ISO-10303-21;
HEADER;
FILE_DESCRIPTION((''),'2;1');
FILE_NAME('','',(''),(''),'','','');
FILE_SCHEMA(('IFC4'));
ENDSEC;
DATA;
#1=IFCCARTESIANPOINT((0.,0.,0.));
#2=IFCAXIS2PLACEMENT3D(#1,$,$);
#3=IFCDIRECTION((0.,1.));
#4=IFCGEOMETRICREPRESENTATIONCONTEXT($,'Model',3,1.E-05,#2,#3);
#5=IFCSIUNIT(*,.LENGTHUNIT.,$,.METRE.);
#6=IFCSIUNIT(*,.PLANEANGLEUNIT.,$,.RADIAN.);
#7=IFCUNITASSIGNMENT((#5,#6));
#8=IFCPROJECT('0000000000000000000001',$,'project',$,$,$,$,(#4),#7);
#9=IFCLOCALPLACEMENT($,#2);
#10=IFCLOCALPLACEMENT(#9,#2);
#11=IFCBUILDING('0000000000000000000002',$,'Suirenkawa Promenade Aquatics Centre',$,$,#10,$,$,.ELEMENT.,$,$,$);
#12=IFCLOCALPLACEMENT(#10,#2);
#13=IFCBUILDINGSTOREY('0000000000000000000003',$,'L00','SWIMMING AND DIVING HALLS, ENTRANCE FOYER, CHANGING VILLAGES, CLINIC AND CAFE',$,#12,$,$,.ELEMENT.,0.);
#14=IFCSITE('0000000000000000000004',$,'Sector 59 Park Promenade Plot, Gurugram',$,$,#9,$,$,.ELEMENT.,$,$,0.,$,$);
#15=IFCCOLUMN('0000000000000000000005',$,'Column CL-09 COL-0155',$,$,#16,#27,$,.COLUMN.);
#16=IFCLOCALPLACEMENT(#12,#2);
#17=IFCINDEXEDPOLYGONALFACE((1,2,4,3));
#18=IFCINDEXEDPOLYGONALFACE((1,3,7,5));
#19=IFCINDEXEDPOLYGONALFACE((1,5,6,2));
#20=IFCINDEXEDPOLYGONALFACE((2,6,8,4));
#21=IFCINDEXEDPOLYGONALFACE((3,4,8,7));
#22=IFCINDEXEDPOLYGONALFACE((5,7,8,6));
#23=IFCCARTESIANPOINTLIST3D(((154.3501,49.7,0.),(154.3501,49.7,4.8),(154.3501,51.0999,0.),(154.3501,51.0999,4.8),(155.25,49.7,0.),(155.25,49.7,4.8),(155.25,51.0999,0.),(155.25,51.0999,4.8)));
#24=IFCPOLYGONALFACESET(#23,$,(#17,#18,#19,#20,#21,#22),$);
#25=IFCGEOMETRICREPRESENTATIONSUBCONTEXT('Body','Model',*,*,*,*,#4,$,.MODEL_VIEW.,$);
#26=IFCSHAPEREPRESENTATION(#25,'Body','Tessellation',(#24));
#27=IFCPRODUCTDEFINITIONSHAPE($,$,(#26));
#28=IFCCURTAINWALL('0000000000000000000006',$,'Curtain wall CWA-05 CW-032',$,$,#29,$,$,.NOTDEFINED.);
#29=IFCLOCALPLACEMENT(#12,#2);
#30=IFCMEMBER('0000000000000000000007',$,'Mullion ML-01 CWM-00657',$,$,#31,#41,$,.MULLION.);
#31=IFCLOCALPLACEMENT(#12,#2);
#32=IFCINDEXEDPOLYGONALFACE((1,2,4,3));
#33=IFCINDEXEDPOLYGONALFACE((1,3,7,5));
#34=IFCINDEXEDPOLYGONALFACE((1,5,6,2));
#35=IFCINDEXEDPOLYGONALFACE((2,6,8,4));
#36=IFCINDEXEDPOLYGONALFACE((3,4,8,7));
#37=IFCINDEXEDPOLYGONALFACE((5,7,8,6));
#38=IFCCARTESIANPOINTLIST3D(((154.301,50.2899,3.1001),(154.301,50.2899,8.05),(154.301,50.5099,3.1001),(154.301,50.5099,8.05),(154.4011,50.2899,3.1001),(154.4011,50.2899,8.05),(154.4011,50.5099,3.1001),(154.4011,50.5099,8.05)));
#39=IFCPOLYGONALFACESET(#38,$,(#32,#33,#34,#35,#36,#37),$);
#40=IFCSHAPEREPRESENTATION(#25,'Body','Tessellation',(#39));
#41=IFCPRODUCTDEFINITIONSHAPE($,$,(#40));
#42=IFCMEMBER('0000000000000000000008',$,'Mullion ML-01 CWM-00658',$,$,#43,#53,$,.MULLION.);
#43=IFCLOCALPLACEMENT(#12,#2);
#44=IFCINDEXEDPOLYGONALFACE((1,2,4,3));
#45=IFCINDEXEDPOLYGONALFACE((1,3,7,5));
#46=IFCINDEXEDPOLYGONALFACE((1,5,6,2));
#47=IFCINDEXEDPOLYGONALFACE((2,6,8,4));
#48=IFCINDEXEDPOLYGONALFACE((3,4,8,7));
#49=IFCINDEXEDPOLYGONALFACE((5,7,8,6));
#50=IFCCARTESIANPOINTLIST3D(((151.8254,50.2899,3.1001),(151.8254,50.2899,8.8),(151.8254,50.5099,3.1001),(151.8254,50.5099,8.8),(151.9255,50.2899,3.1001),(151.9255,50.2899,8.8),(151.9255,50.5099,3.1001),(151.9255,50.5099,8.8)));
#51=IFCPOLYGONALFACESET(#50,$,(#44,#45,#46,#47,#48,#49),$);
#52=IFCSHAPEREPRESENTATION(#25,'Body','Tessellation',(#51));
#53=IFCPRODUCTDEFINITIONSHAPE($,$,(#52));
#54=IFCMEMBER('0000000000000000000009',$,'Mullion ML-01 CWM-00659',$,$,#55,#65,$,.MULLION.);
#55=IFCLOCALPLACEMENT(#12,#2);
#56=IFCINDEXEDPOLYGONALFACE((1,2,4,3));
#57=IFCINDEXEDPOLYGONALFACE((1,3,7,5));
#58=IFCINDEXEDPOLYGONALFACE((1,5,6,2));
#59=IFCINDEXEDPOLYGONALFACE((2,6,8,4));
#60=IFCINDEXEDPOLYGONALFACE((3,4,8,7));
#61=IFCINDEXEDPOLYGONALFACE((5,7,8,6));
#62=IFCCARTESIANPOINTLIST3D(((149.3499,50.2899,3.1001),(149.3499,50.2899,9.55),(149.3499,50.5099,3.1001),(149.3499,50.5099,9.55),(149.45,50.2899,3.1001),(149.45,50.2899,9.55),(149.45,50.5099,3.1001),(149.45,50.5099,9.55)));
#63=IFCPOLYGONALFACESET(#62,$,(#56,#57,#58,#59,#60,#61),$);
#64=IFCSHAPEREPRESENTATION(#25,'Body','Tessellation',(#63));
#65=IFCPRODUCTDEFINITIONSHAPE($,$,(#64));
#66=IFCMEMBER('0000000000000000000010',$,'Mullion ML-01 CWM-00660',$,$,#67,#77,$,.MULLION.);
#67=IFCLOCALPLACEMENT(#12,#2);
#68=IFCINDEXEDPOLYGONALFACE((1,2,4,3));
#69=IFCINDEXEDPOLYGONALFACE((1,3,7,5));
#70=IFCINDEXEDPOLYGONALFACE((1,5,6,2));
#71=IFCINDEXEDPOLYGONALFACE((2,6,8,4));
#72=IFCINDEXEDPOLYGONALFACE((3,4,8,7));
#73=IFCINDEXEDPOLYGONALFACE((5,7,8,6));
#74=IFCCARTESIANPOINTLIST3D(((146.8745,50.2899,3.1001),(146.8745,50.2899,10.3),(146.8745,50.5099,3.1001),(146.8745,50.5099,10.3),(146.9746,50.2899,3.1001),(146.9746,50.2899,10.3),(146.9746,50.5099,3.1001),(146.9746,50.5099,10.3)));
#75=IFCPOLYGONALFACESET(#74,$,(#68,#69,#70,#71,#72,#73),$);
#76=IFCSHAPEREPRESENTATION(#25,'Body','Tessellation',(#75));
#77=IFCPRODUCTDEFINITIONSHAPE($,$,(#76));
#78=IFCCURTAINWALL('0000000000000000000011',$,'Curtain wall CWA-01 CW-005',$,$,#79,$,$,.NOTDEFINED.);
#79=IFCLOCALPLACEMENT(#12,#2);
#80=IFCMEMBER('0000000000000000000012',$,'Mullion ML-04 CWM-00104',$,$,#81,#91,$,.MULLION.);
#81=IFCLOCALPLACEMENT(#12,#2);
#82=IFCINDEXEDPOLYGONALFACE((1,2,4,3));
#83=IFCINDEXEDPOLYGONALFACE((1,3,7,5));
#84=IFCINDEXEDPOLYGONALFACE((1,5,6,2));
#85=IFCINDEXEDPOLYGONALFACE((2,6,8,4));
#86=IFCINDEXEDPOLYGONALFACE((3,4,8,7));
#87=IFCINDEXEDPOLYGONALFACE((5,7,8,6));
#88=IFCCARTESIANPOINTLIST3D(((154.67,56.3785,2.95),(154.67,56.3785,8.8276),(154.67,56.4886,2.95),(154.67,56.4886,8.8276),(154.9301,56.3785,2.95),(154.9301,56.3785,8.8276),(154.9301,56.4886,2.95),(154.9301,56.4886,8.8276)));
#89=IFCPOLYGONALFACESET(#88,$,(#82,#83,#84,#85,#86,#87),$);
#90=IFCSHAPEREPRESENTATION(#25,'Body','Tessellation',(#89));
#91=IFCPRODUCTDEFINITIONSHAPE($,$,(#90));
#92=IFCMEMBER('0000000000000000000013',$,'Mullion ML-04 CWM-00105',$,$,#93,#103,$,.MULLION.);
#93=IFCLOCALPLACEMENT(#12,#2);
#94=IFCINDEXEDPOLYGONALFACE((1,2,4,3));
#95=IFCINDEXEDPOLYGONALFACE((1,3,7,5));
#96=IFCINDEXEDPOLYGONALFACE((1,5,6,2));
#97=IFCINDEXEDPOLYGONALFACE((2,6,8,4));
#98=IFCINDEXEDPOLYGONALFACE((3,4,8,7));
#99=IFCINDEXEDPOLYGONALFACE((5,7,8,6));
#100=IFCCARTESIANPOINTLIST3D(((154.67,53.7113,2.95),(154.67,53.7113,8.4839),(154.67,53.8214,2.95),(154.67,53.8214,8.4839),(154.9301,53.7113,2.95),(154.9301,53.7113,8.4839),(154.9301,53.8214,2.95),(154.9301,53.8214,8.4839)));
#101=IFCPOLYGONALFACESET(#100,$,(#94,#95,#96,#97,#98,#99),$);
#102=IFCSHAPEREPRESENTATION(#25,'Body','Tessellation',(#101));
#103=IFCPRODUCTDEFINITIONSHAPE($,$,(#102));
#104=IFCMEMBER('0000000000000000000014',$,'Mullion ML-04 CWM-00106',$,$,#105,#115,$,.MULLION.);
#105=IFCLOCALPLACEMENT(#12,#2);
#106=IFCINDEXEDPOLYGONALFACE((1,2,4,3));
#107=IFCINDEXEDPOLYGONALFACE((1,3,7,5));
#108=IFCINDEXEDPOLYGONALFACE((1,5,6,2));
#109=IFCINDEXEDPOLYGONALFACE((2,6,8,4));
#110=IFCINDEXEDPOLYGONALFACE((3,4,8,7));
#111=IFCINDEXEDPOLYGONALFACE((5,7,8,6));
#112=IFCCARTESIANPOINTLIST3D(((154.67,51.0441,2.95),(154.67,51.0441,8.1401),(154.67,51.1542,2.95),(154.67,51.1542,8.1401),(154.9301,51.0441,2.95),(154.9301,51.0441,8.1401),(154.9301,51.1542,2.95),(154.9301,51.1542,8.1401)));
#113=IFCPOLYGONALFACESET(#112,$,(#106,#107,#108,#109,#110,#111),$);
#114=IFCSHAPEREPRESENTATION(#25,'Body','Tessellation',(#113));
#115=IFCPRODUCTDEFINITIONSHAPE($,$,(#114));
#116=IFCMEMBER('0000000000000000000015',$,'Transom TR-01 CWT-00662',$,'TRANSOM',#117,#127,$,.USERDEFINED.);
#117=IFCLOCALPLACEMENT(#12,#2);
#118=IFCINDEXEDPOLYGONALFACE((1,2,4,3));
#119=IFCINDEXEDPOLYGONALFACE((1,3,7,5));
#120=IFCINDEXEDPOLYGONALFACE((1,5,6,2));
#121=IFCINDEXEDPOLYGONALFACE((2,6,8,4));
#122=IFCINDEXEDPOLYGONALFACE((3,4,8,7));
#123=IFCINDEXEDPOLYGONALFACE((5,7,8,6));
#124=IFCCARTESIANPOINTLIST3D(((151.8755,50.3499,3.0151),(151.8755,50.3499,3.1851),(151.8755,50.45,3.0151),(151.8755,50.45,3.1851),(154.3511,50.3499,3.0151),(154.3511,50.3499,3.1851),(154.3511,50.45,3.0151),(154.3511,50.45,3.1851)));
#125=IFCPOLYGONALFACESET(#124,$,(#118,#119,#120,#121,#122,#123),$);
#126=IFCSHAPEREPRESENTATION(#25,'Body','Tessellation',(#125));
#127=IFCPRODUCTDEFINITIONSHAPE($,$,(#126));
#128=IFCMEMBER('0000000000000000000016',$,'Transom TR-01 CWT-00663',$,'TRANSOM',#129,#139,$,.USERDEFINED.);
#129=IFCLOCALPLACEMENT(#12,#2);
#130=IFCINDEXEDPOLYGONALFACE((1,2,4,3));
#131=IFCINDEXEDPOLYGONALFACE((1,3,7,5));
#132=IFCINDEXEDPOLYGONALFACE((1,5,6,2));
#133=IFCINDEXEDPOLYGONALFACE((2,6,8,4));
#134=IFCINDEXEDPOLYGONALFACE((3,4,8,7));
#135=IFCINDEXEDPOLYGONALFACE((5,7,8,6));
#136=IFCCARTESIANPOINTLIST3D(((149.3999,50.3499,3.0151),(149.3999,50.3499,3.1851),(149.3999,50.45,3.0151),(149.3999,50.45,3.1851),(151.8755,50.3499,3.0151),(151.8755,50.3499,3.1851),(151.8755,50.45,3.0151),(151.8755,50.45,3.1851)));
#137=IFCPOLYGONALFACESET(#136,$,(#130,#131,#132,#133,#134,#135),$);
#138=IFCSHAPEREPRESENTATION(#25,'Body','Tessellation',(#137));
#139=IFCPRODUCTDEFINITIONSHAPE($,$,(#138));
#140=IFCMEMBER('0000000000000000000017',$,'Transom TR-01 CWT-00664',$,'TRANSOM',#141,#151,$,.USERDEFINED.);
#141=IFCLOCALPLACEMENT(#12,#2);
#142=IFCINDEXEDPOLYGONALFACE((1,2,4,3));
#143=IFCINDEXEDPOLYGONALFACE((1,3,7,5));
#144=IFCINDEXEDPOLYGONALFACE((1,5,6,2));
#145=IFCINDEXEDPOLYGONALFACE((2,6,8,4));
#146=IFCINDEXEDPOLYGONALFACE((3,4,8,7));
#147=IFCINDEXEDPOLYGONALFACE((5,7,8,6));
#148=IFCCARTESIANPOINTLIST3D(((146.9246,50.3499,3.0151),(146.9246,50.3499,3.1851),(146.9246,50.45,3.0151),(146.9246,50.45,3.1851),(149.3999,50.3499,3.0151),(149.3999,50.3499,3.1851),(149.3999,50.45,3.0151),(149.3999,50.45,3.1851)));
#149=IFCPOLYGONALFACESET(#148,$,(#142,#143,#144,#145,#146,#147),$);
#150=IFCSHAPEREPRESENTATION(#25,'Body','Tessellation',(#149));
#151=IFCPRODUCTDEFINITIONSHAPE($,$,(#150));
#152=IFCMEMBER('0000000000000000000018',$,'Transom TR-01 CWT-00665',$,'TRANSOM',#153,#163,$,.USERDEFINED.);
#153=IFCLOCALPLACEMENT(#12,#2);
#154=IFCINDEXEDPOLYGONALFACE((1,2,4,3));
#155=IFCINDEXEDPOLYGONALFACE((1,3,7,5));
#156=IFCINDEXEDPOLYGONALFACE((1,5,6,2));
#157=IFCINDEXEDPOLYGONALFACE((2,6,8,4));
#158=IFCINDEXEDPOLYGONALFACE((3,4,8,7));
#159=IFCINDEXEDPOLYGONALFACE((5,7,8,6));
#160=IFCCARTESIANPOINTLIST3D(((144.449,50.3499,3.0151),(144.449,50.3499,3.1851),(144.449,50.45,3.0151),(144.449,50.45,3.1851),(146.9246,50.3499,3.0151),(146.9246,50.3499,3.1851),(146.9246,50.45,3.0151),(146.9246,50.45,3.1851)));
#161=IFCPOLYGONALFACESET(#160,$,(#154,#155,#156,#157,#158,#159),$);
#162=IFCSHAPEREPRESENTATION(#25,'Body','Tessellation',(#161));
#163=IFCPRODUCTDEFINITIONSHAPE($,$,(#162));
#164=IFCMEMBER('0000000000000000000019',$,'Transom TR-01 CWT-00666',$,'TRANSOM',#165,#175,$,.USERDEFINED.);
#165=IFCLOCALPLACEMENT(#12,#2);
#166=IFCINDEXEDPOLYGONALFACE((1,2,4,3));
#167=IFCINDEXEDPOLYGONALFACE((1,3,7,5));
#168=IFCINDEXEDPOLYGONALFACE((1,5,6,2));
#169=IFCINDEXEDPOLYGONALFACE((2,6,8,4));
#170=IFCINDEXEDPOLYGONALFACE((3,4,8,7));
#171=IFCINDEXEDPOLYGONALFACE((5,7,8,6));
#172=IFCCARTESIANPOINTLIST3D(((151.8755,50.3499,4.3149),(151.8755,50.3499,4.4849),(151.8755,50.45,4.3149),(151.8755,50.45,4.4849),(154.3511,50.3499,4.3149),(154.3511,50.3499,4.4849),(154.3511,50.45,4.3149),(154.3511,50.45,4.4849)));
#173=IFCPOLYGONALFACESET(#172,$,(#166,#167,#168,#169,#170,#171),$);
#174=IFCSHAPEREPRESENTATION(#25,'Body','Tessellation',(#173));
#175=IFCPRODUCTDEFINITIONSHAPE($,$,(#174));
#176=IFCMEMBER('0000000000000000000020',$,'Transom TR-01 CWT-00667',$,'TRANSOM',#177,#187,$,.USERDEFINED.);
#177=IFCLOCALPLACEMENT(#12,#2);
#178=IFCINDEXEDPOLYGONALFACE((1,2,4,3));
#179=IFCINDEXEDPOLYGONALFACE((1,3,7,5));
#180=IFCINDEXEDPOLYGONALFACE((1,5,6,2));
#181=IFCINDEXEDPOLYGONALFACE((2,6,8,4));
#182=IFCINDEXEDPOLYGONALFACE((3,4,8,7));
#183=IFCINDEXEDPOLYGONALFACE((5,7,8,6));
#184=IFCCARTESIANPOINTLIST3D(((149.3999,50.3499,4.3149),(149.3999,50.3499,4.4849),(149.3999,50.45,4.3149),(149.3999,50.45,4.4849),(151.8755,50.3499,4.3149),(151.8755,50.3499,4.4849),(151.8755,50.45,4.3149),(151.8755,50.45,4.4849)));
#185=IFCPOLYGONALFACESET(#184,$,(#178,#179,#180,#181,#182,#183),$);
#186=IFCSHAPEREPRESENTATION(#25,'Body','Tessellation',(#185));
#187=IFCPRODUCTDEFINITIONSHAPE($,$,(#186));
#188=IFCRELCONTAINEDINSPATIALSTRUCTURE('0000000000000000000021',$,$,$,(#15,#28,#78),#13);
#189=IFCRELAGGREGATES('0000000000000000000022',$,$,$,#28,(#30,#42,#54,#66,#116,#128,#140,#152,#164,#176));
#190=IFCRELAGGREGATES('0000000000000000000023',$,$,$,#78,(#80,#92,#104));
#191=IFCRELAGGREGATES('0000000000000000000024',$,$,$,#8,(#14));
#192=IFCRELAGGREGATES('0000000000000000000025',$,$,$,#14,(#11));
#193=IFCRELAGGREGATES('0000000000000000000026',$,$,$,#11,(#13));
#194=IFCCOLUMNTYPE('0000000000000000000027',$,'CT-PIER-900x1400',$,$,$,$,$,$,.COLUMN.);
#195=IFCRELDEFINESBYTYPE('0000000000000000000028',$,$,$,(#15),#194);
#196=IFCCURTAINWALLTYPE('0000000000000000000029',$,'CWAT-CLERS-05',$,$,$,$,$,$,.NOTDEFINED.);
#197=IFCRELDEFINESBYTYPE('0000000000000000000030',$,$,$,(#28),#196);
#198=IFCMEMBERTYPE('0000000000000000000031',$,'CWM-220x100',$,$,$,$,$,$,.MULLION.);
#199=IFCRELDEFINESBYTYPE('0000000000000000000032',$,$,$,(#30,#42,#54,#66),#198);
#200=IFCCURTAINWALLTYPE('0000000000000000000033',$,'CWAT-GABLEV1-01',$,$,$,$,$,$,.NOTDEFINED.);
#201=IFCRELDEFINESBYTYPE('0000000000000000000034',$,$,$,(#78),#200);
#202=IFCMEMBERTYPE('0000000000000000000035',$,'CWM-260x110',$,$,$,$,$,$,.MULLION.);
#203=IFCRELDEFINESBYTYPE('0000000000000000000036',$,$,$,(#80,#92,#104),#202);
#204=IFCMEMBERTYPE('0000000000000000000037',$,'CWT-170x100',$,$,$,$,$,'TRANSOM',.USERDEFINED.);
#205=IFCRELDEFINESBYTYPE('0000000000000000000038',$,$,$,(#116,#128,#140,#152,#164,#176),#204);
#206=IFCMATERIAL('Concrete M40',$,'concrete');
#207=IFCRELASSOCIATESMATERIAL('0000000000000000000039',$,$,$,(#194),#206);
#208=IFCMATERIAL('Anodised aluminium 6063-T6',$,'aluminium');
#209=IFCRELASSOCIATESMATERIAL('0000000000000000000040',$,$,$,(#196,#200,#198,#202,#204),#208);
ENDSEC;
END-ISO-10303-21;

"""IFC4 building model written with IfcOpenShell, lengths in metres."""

from ifc_helpers import new_model, si_unit, direction, frame, origin, origin_2d, place, context, subcontext, project, spatial, rectangle, extrude, material, material_profile, profile_set, type_object, element, aggregate, save


model = new_model("IFC4")

# Units and contexts
model_context = context("Model", 3, precision=1e-05, world=origin(), true_north=direction((0.0, 1.0)))
body_context = subcontext(model_context, "Body", "Model", "MODEL_VIEW")
ifc_project = project(units=[si_unit("LENGTHUNIT", "METRE"), si_unit("PLANEANGLEUNIT", "RADIAN")], contexts=[model_context])

# Site, building, storey
site_placement = place(None, origin())
site = spatial("IfcSite", under=ifc_project, at=site_placement, Name="Sector 59 Park Promenade Plot, Gurugram", CompositionType="ELEMENT", RefElevation=0.0)
building_placement = place(site_placement, origin())
building = spatial("IfcBuilding", under=site, at=building_placement, Name="Suirenkawa Promenade Aquatics Centre", CompositionType="ELEMENT")
storey_placement = place(building_placement, origin())
storey = spatial("IfcBuildingStorey", under=building, at=storey_placement, Name="L00", Description="SWIMMING AND DIVING HALLS, ENTRANCE FOYER, CHANGING VILLAGES, CLINIC AND CAFE", CompositionType="ELEMENT", Elevation=0.0)

# Column
ifc_material_1 = material(Name="Concrete M40", Category="concrete")
ifc_material_profile_1 = material_profile(ifc_material_1, rectangle(XDim=0.8999, YDim=1.3999, at=origin_2d()), Name="RC PIER 900x1400", Category="concrete")
ifc_profile_set_1 = profile_set([ifc_material_profile_1], Name="Concrete M40")
column_type = type_object("IfcColumnType", Name="CT-PIER-900x1400", PredefinedType="COLUMN", material=ifc_profile_set_1)
column_placement = place(storey_placement, frame((154.8, 50.3999, 0.0), z_axis=(0.0, 0.0, 1.0), x_axis=(1.0, 0.0, 0.0)))
element("IfcColumn", 1, at=column_placement, inside=storey, type_object=column_type, Name="Column CL-09 COL-0155", PredefinedType="COLUMN", context=body_context, shape_type="SweptSolid", body=[
    extrude(rectangle(XDim=0.8999, YDim=1.3999, at=origin_2d()), origin(), (0.0, 0.0, 1.0), 4.8),
])

# Curtain walls, members
ifc_material_2 = material(Name="Anodised aluminium 6063-T6", Category="aluminium")
curtain_wall_type_1 = type_object("IfcCurtainWallType", Name="CWAT-CLERS-05", PredefinedType="NOTDEFINED", material=ifc_material_2)
curtain_wall_1_placement = place(storey_placement, origin())
curtain_wall_1 = element("IfcCurtainWall", 2, at=curtain_wall_1_placement, inside=storey, type_object=curtain_wall_type_1, Name="Curtain wall CWA-05 CW-032", PredefinedType="NOTDEFINED")
ifc_material_profile_2 = material_profile(ifc_material_2, rectangle(XDim=0.1001, YDim=0.22, at=origin_2d()), Name="ALU MULL 100x220", Category="aluminium")
ifc_profile_set_2 = profile_set([ifc_material_profile_2], Name="Anodised aluminium 6063-T6")
member_type_1 = type_object("IfcMemberType", Name="CWM-220x100", PredefinedType="MULLION", material=ifc_profile_set_2)
member_1_placement = place(storey_placement, frame((154.3511, 50.3999, 3.1001), z_axis=(0.0, 0.0, 1.0), x_axis=(-1.0, 0.0, 0.0)))
member_1 = element("IfcMember", 3, at=member_1_placement, type_object=member_type_1, Name="Mullion ML-01 CWM-00657", PredefinedType="MULLION", context=body_context, shape_type="SweptSolid", body=[
    extrude(rectangle(XDim=0.1001, YDim=0.22, at=origin_2d()), origin(), (0.0, 0.0, 1.0), 4.95),
])
member_2_placement = place(storey_placement, frame((151.8755, 50.3999, 3.1001), z_axis=(0.0, 0.0, 1.0), x_axis=(-1.0, 0.0, 0.0)))
member_2 = element("IfcMember", 4, at=member_2_placement, type_object=member_type_1, Name="Mullion ML-01 CWM-00658", PredefinedType="MULLION", context=body_context, shape_type="SweptSolid", body=[
    extrude(rectangle(XDim=0.1001, YDim=0.22, at=origin_2d()), origin(), (0.0, 0.0, 1.0), 5.7),
])
member_3_placement = place(storey_placement, frame((149.3999, 50.3999, 3.1001), z_axis=(0.0, 0.0, 1.0), x_axis=(-1.0, 0.0, 0.0)))
member_3 = element("IfcMember", 5, at=member_3_placement, type_object=member_type_1, Name="Mullion ML-01 CWM-00659", PredefinedType="MULLION", context=body_context, shape_type="SweptSolid", body=[
    extrude(rectangle(XDim=0.1001, YDim=0.22, at=origin_2d()), origin(), (0.0, 0.0, 1.0), 6.45),
])
member_4_placement = place(storey_placement, frame((146.9246, 50.3999, 3.1001), z_axis=(0.0, 0.0, 1.0), x_axis=(-1.0, 0.0, 0.0)))
member_4 = element("IfcMember", 6, at=member_4_placement, type_object=member_type_1, Name="Mullion ML-01 CWM-00660", PredefinedType="MULLION", context=body_context, shape_type="SweptSolid", body=[
    extrude(rectangle(XDim=0.1001, YDim=0.22, at=origin_2d()), origin(), (0.0, 0.0, 1.0), 7.2),
])
curtain_wall_type_2 = type_object("IfcCurtainWallType", Name="CWAT-GABLEV1-01", PredefinedType="NOTDEFINED", material=ifc_material_2)
curtain_wall_2_placement = place(storey_placement, origin())
curtain_wall_2 = element("IfcCurtainWall", 7, at=curtain_wall_2_placement, inside=storey, type_object=curtain_wall_type_2, Name="Curtain wall CWA-01 CW-005", PredefinedType="NOTDEFINED")
ifc_material_profile_3 = material_profile(ifc_material_2, rectangle(XDim=0.1101, YDim=0.26, at=origin_2d()), Name="ALU MULL 110x260", Category="aluminium")
ifc_profile_set_3 = profile_set([ifc_material_profile_3], Name="Anodised aluminium 6063-T6")
member_type_2 = type_object("IfcMemberType", Name="CWM-260x110", PredefinedType="MULLION", material=ifc_profile_set_3)
member_5_placement = place(storey_placement, frame((154.8, 56.4336, 2.95), z_axis=(0.0, 0.0, 1.0), x_axis=(0.0, -1.0, 0.0)))
member_5 = element("IfcMember", 8, at=member_5_placement, type_object=member_type_2, Name="Mullion ML-04 CWM-00104", PredefinedType="MULLION", context=body_context, shape_type="SweptSolid", body=[
    extrude(rectangle(XDim=0.1101, YDim=0.26, at=origin_2d()), origin(), (0.0, 0.0, 1.0), 5.8777),
])
member_6_placement = place(storey_placement, frame((154.8, 53.7664, 2.95), z_axis=(0.0, 0.0, 1.0), x_axis=(0.0, -1.0, 0.0)))
member_6 = element("IfcMember", 9, at=member_6_placement, type_object=member_type_2, Name="Mullion ML-04 CWM-00105", PredefinedType="MULLION", context=body_context, shape_type="SweptSolid", body=[
    extrude(rectangle(XDim=0.1101, YDim=0.26, at=origin_2d()), origin(), (0.0, 0.0, 1.0), 5.5339),
])
member_7_placement = place(storey_placement, frame((154.8, 51.0991, 2.95), z_axis=(0.0, 0.0, 1.0), x_axis=(0.0, -1.0, 0.0)))
member_7 = element("IfcMember", 10, at=member_7_placement, type_object=member_type_2, Name="Mullion ML-04 CWM-00106", PredefinedType="MULLION", context=body_context, shape_type="SweptSolid", body=[
    extrude(rectangle(XDim=0.1101, YDim=0.26, at=origin_2d()), origin(), (0.0, 0.0, 1.0), 5.1902),
])

# Members
ifc_material_profile_4 = material_profile(ifc_material_2, rectangle(XDim=0.1001, YDim=0.1699, at=origin_2d()), Name="ALU TRAN 100x170", Category="aluminium")
ifc_profile_set_4 = profile_set([ifc_material_profile_4], Name="Anodised aluminium 6063-T6")
member_type_3 = type_object("IfcMemberType", Name="CWT-170x100", ElementType="TRANSOM", PredefinedType="USERDEFINED", material=ifc_profile_set_4)
member_8_placement = place(storey_placement, frame((154.3511, 50.3999, 3.1001), z_axis=(-1.0, 0.0, 0.0), x_axis=(0.0, -1.0, 0.0)))
member_8 = element("IfcMember", 11, at=member_8_placement, type_object=member_type_3, Name="Transom TR-01 CWT-00662", ObjectType="TRANSOM", PredefinedType="USERDEFINED", context=body_context, shape_type="SweptSolid", body=[
    extrude(rectangle(XDim=0.1001, YDim=0.1699, at=origin_2d()), origin(), (0.0, 0.0, 1.0), 2.4756),
])
member_9_placement = place(storey_placement, frame((151.8755, 50.3999, 3.1001), z_axis=(-1.0, 0.0, 0.0), x_axis=(0.0, -1.0, 0.0)))
member_9 = element("IfcMember", 12, at=member_9_placement, type_object=member_type_3, Name="Transom TR-01 CWT-00663", ObjectType="TRANSOM", PredefinedType="USERDEFINED", context=body_context, shape_type="SweptSolid", body=[
    extrude(rectangle(XDim=0.1001, YDim=0.1699, at=origin_2d()), origin(), (0.0, 0.0, 1.0), 2.4756),
])
member_10_placement = place(storey_placement, frame((149.3999, 50.3999, 3.1001), z_axis=(-1.0, 0.0, 0.0), x_axis=(0.0, -1.0, 0.0)))
member_10 = element("IfcMember", 13, at=member_10_placement, type_object=member_type_3, Name="Transom TR-01 CWT-00664", ObjectType="TRANSOM", PredefinedType="USERDEFINED", context=body_context, shape_type="SweptSolid", body=[
    extrude(rectangle(XDim=0.1001, YDim=0.1699, at=origin_2d()), origin(), (0.0, 0.0, 1.0), 2.4753),
])
member_11_placement = place(storey_placement, frame((146.9246, 50.3999, 3.1001), z_axis=(-1.0, 0.0, 0.0), x_axis=(0.0, -1.0, 0.0)))
member_11 = element("IfcMember", 14, at=member_11_placement, type_object=member_type_3, Name="Transom TR-01 CWT-00665", ObjectType="TRANSOM", PredefinedType="USERDEFINED", context=body_context, shape_type="SweptSolid", body=[
    extrude(rectangle(XDim=0.1001, YDim=0.1699, at=origin_2d()), origin(), (0.0, 0.0, 1.0), 2.4756),
])
member_12_placement = place(storey_placement, frame((154.3511, 50.3999, 4.3999), z_axis=(-1.0, 0.0, 0.0), x_axis=(0.0, -1.0, 0.0)))
member_12 = element("IfcMember", 15, at=member_12_placement, type_object=member_type_3, Name="Transom TR-01 CWT-00666", ObjectType="TRANSOM", PredefinedType="USERDEFINED", context=body_context, shape_type="SweptSolid", body=[
    extrude(rectangle(XDim=0.1001, YDim=0.1699, at=origin_2d()), origin(), (0.0, 0.0, 1.0), 2.4756),
])
member_13_placement = place(storey_placement, frame((151.8755, 50.3999, 4.3999), z_axis=(-1.0, 0.0, 0.0), x_axis=(0.0, -1.0, 0.0)))
member_13 = element("IfcMember", 16, at=member_13_placement, type_object=member_type_3, Name="Transom TR-01 CWT-00667", ObjectType="TRANSOM", PredefinedType="USERDEFINED", context=body_context, shape_type="SweptSolid", body=[
    extrude(rectangle(XDim=0.1001, YDim=0.1699, at=origin_2d()), origin(), (0.0, 0.0, 1.0), 2.4756),
])

aggregate(curtain_wall_1, [member_1, member_2, member_3, member_4, member_8, member_9, member_10, member_11, member_12, member_13])
aggregate(curtain_wall_2, [member_5, member_6, member_7])

save(model, "model.ifc")
